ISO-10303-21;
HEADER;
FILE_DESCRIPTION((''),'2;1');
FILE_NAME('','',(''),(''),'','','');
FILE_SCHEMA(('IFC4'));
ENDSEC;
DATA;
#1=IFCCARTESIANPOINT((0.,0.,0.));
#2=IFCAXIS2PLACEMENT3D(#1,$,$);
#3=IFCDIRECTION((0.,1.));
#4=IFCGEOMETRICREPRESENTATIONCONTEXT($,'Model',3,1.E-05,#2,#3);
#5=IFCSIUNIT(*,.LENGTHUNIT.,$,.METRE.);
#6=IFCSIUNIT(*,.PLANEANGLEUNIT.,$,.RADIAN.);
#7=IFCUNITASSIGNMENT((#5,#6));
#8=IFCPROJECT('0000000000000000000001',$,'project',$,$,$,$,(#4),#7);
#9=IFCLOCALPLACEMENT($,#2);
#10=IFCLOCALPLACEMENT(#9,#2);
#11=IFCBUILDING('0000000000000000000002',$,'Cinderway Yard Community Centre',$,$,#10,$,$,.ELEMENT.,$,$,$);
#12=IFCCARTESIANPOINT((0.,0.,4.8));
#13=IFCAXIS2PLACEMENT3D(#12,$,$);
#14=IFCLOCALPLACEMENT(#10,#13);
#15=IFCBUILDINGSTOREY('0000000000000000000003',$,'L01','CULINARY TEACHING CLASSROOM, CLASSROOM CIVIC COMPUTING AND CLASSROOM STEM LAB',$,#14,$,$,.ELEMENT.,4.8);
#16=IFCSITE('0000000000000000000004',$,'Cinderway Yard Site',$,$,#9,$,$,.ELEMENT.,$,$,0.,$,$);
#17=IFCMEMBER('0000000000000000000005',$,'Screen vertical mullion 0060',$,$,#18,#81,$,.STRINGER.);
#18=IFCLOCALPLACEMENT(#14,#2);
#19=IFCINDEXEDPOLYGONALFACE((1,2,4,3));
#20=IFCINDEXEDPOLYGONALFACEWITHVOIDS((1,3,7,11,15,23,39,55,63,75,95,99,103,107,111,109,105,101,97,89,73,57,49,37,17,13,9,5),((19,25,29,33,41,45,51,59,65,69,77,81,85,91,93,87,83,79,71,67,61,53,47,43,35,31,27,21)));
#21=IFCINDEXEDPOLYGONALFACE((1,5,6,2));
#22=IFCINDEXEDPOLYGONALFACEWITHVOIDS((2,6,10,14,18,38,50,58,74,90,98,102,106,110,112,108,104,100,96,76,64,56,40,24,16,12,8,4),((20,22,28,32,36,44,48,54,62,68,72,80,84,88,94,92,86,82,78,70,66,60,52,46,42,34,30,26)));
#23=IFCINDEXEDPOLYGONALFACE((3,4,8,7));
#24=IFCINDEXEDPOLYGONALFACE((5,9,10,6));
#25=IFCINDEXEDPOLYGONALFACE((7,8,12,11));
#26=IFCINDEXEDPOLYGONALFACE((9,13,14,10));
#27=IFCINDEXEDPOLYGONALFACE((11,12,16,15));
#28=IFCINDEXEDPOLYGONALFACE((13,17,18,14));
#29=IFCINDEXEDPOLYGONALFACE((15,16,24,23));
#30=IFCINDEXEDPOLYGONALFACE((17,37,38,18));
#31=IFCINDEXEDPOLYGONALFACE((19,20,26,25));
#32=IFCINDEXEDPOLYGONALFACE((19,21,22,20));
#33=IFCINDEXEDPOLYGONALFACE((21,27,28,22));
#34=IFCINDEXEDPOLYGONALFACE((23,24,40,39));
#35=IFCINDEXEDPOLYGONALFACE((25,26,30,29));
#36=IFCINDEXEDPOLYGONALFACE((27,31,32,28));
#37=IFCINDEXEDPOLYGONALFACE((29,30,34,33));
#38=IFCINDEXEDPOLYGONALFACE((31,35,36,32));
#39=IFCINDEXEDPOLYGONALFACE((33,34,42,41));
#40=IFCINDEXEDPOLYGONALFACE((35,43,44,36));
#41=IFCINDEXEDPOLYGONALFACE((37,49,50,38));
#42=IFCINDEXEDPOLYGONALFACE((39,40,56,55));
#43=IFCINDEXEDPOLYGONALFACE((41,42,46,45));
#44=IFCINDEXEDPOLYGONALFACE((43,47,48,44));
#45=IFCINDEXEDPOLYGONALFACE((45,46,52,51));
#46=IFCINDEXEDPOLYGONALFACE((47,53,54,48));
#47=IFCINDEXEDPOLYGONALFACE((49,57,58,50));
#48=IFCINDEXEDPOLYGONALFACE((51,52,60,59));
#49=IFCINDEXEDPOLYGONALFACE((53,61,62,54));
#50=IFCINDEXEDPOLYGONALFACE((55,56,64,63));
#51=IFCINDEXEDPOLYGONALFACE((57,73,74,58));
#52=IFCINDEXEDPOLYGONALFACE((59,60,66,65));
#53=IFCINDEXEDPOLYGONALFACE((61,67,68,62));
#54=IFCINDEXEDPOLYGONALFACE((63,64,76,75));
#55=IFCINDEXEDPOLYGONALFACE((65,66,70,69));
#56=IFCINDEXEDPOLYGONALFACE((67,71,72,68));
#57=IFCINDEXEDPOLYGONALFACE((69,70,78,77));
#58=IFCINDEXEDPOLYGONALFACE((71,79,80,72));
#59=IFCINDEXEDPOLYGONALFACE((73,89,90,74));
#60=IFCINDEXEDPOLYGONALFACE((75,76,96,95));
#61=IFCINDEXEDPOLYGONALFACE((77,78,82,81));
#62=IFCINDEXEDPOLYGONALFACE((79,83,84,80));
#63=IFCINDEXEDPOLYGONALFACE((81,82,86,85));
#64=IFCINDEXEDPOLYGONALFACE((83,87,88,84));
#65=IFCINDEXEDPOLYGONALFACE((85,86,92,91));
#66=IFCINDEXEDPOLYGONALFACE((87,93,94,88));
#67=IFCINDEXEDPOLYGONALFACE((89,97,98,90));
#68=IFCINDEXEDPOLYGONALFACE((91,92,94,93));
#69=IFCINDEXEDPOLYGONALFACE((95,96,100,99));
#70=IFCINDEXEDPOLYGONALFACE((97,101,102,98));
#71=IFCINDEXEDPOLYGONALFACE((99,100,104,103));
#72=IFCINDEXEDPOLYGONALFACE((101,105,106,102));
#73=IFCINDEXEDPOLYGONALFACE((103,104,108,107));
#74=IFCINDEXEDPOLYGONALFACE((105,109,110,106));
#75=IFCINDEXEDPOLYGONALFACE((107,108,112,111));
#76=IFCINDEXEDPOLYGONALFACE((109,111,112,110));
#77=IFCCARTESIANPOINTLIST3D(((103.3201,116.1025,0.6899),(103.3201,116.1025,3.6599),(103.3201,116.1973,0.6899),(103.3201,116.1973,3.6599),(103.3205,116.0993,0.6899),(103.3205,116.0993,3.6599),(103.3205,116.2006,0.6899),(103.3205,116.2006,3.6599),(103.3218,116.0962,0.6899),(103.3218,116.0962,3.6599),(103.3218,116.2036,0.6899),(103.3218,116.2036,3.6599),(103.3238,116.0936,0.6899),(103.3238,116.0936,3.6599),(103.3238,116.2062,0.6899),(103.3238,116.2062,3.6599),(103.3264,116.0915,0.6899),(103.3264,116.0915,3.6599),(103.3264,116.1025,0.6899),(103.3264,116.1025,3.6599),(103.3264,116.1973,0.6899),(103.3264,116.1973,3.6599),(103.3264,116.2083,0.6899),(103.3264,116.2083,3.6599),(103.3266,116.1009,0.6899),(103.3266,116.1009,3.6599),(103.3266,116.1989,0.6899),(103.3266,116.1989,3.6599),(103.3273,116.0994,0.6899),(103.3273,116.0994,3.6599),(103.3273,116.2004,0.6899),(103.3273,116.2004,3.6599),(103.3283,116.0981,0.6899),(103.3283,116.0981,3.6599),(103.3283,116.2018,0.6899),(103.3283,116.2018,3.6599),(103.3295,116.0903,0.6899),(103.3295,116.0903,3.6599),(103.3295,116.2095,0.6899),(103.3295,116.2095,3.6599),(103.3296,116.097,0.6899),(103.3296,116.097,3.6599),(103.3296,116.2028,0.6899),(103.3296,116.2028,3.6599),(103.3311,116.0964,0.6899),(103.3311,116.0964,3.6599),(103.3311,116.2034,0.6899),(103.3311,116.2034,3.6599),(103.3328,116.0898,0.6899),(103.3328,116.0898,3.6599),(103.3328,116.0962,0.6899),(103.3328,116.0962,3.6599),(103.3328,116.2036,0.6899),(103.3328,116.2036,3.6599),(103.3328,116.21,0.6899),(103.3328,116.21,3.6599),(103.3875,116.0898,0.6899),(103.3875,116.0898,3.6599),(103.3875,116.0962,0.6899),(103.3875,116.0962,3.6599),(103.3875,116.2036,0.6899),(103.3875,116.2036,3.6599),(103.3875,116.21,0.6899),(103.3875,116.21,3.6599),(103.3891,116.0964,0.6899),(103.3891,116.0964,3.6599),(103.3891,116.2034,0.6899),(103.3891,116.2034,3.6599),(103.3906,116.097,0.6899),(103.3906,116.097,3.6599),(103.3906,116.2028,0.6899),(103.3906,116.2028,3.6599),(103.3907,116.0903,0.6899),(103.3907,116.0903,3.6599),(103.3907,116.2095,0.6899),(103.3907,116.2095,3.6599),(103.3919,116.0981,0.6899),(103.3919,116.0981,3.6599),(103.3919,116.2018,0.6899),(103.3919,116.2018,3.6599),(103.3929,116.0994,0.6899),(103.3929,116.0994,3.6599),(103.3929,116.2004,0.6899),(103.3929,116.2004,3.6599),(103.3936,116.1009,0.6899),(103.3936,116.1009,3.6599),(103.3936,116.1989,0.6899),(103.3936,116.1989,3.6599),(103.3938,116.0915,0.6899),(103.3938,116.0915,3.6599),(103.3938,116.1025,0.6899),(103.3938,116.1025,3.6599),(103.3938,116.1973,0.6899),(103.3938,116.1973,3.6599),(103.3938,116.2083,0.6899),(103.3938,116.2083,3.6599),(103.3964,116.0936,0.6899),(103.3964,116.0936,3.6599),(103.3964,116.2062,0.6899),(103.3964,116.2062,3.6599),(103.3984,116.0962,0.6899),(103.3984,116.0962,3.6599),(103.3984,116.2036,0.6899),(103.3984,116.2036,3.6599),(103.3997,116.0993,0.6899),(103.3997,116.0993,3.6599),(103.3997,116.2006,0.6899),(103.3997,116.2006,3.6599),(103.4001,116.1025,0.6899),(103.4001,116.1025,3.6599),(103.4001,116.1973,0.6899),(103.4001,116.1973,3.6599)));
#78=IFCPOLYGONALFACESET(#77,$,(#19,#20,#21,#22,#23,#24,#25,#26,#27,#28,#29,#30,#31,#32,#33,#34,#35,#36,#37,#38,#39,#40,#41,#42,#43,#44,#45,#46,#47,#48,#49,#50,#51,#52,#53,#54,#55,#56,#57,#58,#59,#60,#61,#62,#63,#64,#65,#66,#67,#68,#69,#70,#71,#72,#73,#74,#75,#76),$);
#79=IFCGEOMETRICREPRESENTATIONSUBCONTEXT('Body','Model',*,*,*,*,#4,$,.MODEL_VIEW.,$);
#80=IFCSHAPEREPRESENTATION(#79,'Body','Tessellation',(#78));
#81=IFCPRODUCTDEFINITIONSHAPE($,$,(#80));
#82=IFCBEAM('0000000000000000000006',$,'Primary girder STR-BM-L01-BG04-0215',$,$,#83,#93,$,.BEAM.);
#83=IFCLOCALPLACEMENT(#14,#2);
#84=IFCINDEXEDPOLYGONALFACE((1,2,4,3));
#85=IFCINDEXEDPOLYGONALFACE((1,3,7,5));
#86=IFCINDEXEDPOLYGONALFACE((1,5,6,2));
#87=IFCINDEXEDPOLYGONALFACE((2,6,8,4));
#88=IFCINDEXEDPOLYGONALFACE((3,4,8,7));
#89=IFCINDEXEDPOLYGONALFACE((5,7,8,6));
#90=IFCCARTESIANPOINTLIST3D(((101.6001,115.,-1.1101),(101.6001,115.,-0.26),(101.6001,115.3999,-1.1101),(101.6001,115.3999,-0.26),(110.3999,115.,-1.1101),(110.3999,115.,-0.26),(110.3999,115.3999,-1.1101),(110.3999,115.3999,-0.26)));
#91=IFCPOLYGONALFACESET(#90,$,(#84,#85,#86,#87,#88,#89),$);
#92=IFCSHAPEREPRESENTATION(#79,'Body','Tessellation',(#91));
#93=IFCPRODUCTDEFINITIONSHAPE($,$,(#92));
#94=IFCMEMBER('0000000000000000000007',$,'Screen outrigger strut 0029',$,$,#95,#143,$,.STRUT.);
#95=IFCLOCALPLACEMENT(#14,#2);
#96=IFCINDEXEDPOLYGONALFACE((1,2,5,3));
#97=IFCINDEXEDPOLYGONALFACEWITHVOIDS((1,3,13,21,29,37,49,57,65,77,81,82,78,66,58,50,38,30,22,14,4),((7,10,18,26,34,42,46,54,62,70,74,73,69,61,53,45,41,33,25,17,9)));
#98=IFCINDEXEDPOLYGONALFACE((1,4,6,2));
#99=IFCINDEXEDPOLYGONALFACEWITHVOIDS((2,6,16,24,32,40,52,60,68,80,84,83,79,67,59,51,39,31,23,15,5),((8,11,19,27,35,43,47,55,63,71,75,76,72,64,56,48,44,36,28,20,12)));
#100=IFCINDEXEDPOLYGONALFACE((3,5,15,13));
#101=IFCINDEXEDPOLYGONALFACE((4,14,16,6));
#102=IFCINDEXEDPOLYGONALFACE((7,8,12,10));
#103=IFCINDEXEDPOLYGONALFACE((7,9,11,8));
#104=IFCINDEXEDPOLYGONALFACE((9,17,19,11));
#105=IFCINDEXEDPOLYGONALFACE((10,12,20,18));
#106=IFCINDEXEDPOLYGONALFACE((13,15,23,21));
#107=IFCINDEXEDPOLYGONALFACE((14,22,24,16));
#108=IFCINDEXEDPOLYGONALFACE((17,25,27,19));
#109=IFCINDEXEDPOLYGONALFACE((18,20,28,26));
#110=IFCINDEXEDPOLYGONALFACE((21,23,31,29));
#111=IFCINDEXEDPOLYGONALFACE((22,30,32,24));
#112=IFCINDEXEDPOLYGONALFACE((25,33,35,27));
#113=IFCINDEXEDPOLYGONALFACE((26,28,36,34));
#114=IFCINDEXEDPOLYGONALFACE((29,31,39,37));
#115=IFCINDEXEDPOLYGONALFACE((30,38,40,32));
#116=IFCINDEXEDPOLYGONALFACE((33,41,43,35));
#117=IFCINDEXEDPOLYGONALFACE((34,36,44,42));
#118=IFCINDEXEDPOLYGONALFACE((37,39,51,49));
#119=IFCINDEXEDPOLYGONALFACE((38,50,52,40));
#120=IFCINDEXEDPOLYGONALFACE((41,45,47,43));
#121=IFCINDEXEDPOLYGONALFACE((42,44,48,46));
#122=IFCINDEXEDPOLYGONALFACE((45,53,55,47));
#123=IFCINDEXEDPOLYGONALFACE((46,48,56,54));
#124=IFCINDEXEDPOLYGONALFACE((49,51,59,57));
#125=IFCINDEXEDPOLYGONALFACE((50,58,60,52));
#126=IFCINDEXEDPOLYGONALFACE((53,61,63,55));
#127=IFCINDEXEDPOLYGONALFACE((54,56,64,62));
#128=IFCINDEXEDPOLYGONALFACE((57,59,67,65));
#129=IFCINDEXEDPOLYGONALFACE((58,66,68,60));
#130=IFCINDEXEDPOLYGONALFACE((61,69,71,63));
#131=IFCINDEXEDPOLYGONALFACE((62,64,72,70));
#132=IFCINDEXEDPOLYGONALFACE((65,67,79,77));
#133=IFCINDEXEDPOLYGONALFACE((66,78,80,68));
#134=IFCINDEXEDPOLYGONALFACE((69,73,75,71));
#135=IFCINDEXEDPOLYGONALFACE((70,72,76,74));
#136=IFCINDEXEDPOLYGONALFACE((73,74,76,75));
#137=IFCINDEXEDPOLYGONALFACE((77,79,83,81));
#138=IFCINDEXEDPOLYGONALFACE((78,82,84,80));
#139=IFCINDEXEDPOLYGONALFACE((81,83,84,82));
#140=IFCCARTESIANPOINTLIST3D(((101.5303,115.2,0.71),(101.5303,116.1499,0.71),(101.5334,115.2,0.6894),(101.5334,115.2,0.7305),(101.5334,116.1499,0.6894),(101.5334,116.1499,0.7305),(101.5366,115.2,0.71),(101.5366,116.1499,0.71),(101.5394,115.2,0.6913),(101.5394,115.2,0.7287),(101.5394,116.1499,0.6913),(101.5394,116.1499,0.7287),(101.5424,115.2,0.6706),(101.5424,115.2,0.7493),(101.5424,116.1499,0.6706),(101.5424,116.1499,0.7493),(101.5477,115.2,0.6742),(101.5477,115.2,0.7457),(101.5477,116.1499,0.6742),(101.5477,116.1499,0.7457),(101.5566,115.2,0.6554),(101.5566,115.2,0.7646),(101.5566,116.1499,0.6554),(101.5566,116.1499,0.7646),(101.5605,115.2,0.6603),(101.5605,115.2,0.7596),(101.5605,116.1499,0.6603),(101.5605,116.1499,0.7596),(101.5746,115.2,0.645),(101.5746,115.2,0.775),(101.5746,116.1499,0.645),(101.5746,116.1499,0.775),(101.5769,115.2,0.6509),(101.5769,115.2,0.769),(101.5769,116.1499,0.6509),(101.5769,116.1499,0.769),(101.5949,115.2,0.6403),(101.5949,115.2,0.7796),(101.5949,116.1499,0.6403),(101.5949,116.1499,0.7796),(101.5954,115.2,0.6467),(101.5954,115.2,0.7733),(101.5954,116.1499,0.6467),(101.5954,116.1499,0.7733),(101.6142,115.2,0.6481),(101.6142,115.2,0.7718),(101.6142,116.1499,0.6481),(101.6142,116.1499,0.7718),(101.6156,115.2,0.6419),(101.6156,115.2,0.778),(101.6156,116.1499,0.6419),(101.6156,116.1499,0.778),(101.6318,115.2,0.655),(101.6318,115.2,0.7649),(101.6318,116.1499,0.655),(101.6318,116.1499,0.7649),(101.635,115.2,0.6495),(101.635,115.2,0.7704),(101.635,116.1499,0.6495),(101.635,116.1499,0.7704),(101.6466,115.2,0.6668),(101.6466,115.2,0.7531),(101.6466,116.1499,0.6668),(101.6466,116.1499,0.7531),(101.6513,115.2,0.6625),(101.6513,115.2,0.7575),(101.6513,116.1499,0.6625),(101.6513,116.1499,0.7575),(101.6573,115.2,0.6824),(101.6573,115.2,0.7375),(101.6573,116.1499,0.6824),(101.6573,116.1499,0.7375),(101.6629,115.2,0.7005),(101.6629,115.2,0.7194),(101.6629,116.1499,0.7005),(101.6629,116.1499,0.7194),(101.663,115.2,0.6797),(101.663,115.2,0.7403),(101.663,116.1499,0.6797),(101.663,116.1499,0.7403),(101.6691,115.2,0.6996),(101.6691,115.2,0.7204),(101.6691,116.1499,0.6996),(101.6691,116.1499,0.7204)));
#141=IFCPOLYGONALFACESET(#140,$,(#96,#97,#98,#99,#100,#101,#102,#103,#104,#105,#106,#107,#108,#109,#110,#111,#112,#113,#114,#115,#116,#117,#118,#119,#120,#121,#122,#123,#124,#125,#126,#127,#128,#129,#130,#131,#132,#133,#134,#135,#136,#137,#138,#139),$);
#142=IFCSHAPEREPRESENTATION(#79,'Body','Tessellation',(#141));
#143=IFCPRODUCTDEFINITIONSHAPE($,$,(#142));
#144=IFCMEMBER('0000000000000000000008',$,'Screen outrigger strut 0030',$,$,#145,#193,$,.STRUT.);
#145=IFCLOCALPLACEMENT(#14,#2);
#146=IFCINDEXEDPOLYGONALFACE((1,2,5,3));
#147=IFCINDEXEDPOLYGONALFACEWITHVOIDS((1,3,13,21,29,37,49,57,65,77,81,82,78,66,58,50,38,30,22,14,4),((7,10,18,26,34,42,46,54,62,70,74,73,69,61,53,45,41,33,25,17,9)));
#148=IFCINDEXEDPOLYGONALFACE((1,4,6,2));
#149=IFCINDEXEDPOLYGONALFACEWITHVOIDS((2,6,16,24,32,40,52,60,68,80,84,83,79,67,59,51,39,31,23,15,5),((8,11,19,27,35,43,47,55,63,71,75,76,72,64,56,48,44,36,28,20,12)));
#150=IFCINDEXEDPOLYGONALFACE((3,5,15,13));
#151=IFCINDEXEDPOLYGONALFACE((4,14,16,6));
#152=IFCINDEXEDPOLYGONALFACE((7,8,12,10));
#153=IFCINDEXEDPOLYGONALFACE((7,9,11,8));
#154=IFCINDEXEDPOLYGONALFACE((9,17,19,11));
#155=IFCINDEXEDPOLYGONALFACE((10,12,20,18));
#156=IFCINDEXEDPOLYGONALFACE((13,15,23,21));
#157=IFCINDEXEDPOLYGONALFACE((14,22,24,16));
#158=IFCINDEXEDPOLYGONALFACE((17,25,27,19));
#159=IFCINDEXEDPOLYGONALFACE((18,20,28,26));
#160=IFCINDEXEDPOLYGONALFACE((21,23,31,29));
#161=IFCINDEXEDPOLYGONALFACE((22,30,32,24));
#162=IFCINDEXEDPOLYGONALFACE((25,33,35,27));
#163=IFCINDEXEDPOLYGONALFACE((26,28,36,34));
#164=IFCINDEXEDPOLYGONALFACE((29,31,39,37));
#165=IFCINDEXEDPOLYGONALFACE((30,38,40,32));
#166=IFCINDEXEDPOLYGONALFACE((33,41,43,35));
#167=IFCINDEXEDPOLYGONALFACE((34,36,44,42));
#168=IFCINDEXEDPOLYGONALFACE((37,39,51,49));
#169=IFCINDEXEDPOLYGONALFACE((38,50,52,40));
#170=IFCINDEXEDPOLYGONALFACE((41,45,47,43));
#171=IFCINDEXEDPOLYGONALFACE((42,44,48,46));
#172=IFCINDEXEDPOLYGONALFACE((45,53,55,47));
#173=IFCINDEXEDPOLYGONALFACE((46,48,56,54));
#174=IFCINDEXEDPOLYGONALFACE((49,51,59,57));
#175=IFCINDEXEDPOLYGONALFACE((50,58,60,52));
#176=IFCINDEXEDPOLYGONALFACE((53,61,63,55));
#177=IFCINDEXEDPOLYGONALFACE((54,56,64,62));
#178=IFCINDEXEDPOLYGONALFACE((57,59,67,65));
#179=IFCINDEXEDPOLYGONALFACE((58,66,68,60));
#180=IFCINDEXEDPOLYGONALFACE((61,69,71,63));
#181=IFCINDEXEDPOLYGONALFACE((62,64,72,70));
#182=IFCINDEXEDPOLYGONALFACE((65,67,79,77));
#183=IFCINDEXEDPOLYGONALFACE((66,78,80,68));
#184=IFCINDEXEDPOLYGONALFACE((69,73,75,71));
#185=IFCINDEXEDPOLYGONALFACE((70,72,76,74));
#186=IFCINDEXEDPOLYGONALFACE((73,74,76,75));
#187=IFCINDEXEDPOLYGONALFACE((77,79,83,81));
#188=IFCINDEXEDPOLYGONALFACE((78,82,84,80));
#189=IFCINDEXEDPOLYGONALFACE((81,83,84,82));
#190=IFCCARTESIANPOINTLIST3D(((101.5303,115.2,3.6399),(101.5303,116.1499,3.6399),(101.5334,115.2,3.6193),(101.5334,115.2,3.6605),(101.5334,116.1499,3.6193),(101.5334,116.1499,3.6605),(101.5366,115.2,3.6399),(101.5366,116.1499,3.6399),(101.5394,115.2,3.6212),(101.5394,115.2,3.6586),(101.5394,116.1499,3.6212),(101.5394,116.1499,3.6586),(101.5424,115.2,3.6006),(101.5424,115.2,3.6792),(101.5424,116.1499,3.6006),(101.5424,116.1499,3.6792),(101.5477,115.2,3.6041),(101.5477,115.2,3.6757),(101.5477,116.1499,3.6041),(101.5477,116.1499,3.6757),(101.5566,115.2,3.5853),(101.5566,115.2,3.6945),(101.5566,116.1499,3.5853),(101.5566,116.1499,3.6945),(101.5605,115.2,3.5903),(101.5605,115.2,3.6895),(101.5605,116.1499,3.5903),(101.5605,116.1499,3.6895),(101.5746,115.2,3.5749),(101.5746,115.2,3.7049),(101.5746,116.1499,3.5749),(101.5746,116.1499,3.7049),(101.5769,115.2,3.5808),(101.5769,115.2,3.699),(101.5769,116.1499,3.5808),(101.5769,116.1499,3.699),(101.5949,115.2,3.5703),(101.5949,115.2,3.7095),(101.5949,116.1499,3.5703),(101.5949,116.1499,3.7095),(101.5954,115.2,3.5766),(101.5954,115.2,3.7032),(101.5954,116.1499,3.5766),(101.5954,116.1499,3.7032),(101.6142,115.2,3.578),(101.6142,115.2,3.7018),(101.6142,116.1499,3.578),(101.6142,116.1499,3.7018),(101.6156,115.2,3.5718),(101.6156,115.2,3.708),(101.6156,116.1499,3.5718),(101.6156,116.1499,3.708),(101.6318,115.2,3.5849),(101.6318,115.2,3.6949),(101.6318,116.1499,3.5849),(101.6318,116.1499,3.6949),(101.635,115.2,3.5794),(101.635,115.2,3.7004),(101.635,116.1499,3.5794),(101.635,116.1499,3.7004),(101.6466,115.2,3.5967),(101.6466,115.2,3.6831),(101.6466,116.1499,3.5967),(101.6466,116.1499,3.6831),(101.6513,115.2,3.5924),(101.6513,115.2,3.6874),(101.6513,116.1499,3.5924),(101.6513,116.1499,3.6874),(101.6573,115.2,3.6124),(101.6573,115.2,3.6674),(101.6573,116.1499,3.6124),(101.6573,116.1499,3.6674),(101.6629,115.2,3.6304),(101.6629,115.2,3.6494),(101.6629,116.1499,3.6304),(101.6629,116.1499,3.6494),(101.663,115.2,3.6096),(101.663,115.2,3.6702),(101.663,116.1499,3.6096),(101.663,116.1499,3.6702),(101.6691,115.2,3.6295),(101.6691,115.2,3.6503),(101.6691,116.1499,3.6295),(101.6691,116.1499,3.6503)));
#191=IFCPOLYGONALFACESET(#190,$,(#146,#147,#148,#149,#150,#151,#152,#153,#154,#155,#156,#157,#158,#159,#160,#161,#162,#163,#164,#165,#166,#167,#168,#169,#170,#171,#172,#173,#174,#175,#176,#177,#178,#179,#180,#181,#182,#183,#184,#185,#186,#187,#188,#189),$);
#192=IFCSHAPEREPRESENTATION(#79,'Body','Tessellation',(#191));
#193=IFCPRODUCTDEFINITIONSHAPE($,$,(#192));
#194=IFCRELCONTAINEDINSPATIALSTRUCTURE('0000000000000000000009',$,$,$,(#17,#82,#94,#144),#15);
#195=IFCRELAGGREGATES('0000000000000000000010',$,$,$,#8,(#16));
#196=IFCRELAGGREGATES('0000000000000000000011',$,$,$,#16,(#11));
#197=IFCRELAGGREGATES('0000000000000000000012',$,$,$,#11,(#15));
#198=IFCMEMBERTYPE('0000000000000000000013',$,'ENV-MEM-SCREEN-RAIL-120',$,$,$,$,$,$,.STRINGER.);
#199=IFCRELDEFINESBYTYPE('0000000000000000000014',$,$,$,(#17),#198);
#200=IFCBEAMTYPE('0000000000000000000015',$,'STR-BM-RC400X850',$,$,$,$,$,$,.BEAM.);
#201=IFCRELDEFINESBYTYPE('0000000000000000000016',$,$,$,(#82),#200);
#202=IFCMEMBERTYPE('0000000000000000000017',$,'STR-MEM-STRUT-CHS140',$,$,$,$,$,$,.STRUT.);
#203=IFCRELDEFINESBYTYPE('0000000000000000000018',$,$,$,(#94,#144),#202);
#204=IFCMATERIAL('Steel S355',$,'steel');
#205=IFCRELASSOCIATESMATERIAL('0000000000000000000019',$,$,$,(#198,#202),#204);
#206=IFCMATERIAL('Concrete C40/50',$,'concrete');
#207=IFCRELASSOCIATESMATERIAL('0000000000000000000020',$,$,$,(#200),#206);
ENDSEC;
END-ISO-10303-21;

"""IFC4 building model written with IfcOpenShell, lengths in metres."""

from ifc_helpers import new_model, si_unit, direction, frame, origin, origin_2d, place, context, subcontext, project, spatial, rectangle, hollow_rectangle, hollow_circle, extrude, material, material_profile, profile_set, type_object, element, save


model = new_model("IFC4")

# Units and contexts
model_context = context("Model", 3, precision=1e-05, world=origin(), true_north=direction((0.0, 1.0)))
body_context = subcontext(model_context, "Body", "Model", "MODEL_VIEW")
ifc_project = project(units=[si_unit("LENGTHUNIT", "METRE"), si_unit("PLANEANGLEUNIT", "RADIAN")], contexts=[model_context])

# Site, building, storey
site_placement = place(None, origin())
site = spatial("IfcSite", under=ifc_project, at=site_placement, Name="Cinderway Yard Site", CompositionType="ELEMENT", RefElevation=0.0)
building_placement = place(site_placement, origin())
building = spatial("IfcBuilding", under=site, at=building_placement, Name="Cinderway Yard Community Centre", CompositionType="ELEMENT")
storey_placement = place(building_placement, frame((0.0, 0.0, 4.8)))
storey = spatial("IfcBuildingStorey", under=building, at=storey_placement, Name="L01", Description="CULINARY TEACHING CLASSROOM, CLASSROOM CIVIC COMPUTING AND CLASSROOM STEM LAB", CompositionType="ELEMENT", Elevation=4.8)

# Shared definitions
ifc_material_1 = material(Name="Concrete C40/50", Category="concrete")

# Member
ifc_material_2 = material(Name="Steel S355", Category="steel")
ifc_material_profile_1 = material_profile(ifc_material_2, hollow_rectangle(XDim=0.0801, YDim=0.1201, WallThickness=0.0063, InnerFilletRadius=0.0063, OuterFilletRadius=0.0127, at=origin_2d()), Name="Steel S355")
ifc_profile_set_1 = profile_set([ifc_material_profile_1], Name="Steel S355")
member_type_1 = type_object("IfcMemberType", Name="ENV-MEM-SCREEN-RAIL-120", PredefinedType="STRINGER", material=ifc_profile_set_1)
member_1_placement = place(storey_placement, frame((103.3601, 116.1499, 0.6899), z_axis=(0.0, 0.0, 1.0), x_axis=(1.0, 0.0, 0.0)))
element("IfcMember", 1, at=member_1_placement, inside=storey, type_object=member_type_1, Name="Screen vertical mullion 0060", PredefinedType="STRINGER", context=body_context, shape_type="SweptSolid", body=[
    extrude(hollow_rectangle(XDim=0.0801, YDim=0.1201, WallThickness=0.0063, InnerFilletRadius=0.0063, OuterFilletRadius=0.0127, at=origin_2d()), origin(), (0.0, 0.0, 1.0), 2.97),
])

# Beam
ifc_material_profile_2 = material_profile(ifc_material_1, rectangle(XDim=0.3999, YDim=0.8501, at=origin_2d()), Name="Concrete C40/50")
ifc_profile_set_2 = profile_set([ifc_material_profile_2], Name="Concrete C40/50")
beam_type = type_object("IfcBeamType", Name="STR-BM-RC400X850", PredefinedType="BEAM", material=ifc_profile_set_2)
beam_placement = place(storey_placement, frame((101.6001, 115.2, -0.6851), z_axis=(1.0, 0.0, 0.0), x_axis=(0.0, 1.0, 0.0)))
element("IfcBeam", 2, at=beam_placement, inside=storey, type_object=beam_type, Name="Primary girder STR-BM-L01-BG04-0215", PredefinedType="BEAM", context=body_context, shape_type="SweptSolid", body=[
    extrude(rectangle(XDim=0.3999, YDim=0.8501, at=origin_2d()), origin(), (0.0, 0.0, 1.0), 8.7998),
])

# Members
ifc_material_profile_3 = material_profile(ifc_material_2, hollow_circle(Radius=0.0698, WallThickness=0.0063, at=origin_2d()), Name="Steel S355")
ifc_profile_set_3 = profile_set([ifc_material_profile_3], Name="Steel S355")
member_type_2 = type_object("IfcMemberType", Name="STR-MEM-STRUT-CHS140", PredefinedType="STRUT", material=ifc_profile_set_3)
for number, where, z_axis, x_axis, name in (
    (3, (101.6001, 115.2, 0.71), (0.0, 1.0, 0.0), (-1.0, 0.0, 0.0), "Screen outrigger strut 0029"),
    (4, (101.6001, 115.2, 3.6399), (0.0, 1.0, 0.0), (-1.0, 0.0, 0.0), "Screen outrigger strut 0030"),
):
    element("IfcMember", number, at=place(storey_placement, frame(where, z_axis=z_axis, x_axis=x_axis)), inside=storey, type_object=member_type_2, Name=name, PredefinedType="STRUT", context=body_context, shape_type="SweptSolid", body=[
        extrude(hollow_circle(Radius=0.0698, WallThickness=0.0063, at=origin_2d()), origin(), (0.0, 0.0, 1.0), 0.95),
    ])

save(model, "model.ifc")
